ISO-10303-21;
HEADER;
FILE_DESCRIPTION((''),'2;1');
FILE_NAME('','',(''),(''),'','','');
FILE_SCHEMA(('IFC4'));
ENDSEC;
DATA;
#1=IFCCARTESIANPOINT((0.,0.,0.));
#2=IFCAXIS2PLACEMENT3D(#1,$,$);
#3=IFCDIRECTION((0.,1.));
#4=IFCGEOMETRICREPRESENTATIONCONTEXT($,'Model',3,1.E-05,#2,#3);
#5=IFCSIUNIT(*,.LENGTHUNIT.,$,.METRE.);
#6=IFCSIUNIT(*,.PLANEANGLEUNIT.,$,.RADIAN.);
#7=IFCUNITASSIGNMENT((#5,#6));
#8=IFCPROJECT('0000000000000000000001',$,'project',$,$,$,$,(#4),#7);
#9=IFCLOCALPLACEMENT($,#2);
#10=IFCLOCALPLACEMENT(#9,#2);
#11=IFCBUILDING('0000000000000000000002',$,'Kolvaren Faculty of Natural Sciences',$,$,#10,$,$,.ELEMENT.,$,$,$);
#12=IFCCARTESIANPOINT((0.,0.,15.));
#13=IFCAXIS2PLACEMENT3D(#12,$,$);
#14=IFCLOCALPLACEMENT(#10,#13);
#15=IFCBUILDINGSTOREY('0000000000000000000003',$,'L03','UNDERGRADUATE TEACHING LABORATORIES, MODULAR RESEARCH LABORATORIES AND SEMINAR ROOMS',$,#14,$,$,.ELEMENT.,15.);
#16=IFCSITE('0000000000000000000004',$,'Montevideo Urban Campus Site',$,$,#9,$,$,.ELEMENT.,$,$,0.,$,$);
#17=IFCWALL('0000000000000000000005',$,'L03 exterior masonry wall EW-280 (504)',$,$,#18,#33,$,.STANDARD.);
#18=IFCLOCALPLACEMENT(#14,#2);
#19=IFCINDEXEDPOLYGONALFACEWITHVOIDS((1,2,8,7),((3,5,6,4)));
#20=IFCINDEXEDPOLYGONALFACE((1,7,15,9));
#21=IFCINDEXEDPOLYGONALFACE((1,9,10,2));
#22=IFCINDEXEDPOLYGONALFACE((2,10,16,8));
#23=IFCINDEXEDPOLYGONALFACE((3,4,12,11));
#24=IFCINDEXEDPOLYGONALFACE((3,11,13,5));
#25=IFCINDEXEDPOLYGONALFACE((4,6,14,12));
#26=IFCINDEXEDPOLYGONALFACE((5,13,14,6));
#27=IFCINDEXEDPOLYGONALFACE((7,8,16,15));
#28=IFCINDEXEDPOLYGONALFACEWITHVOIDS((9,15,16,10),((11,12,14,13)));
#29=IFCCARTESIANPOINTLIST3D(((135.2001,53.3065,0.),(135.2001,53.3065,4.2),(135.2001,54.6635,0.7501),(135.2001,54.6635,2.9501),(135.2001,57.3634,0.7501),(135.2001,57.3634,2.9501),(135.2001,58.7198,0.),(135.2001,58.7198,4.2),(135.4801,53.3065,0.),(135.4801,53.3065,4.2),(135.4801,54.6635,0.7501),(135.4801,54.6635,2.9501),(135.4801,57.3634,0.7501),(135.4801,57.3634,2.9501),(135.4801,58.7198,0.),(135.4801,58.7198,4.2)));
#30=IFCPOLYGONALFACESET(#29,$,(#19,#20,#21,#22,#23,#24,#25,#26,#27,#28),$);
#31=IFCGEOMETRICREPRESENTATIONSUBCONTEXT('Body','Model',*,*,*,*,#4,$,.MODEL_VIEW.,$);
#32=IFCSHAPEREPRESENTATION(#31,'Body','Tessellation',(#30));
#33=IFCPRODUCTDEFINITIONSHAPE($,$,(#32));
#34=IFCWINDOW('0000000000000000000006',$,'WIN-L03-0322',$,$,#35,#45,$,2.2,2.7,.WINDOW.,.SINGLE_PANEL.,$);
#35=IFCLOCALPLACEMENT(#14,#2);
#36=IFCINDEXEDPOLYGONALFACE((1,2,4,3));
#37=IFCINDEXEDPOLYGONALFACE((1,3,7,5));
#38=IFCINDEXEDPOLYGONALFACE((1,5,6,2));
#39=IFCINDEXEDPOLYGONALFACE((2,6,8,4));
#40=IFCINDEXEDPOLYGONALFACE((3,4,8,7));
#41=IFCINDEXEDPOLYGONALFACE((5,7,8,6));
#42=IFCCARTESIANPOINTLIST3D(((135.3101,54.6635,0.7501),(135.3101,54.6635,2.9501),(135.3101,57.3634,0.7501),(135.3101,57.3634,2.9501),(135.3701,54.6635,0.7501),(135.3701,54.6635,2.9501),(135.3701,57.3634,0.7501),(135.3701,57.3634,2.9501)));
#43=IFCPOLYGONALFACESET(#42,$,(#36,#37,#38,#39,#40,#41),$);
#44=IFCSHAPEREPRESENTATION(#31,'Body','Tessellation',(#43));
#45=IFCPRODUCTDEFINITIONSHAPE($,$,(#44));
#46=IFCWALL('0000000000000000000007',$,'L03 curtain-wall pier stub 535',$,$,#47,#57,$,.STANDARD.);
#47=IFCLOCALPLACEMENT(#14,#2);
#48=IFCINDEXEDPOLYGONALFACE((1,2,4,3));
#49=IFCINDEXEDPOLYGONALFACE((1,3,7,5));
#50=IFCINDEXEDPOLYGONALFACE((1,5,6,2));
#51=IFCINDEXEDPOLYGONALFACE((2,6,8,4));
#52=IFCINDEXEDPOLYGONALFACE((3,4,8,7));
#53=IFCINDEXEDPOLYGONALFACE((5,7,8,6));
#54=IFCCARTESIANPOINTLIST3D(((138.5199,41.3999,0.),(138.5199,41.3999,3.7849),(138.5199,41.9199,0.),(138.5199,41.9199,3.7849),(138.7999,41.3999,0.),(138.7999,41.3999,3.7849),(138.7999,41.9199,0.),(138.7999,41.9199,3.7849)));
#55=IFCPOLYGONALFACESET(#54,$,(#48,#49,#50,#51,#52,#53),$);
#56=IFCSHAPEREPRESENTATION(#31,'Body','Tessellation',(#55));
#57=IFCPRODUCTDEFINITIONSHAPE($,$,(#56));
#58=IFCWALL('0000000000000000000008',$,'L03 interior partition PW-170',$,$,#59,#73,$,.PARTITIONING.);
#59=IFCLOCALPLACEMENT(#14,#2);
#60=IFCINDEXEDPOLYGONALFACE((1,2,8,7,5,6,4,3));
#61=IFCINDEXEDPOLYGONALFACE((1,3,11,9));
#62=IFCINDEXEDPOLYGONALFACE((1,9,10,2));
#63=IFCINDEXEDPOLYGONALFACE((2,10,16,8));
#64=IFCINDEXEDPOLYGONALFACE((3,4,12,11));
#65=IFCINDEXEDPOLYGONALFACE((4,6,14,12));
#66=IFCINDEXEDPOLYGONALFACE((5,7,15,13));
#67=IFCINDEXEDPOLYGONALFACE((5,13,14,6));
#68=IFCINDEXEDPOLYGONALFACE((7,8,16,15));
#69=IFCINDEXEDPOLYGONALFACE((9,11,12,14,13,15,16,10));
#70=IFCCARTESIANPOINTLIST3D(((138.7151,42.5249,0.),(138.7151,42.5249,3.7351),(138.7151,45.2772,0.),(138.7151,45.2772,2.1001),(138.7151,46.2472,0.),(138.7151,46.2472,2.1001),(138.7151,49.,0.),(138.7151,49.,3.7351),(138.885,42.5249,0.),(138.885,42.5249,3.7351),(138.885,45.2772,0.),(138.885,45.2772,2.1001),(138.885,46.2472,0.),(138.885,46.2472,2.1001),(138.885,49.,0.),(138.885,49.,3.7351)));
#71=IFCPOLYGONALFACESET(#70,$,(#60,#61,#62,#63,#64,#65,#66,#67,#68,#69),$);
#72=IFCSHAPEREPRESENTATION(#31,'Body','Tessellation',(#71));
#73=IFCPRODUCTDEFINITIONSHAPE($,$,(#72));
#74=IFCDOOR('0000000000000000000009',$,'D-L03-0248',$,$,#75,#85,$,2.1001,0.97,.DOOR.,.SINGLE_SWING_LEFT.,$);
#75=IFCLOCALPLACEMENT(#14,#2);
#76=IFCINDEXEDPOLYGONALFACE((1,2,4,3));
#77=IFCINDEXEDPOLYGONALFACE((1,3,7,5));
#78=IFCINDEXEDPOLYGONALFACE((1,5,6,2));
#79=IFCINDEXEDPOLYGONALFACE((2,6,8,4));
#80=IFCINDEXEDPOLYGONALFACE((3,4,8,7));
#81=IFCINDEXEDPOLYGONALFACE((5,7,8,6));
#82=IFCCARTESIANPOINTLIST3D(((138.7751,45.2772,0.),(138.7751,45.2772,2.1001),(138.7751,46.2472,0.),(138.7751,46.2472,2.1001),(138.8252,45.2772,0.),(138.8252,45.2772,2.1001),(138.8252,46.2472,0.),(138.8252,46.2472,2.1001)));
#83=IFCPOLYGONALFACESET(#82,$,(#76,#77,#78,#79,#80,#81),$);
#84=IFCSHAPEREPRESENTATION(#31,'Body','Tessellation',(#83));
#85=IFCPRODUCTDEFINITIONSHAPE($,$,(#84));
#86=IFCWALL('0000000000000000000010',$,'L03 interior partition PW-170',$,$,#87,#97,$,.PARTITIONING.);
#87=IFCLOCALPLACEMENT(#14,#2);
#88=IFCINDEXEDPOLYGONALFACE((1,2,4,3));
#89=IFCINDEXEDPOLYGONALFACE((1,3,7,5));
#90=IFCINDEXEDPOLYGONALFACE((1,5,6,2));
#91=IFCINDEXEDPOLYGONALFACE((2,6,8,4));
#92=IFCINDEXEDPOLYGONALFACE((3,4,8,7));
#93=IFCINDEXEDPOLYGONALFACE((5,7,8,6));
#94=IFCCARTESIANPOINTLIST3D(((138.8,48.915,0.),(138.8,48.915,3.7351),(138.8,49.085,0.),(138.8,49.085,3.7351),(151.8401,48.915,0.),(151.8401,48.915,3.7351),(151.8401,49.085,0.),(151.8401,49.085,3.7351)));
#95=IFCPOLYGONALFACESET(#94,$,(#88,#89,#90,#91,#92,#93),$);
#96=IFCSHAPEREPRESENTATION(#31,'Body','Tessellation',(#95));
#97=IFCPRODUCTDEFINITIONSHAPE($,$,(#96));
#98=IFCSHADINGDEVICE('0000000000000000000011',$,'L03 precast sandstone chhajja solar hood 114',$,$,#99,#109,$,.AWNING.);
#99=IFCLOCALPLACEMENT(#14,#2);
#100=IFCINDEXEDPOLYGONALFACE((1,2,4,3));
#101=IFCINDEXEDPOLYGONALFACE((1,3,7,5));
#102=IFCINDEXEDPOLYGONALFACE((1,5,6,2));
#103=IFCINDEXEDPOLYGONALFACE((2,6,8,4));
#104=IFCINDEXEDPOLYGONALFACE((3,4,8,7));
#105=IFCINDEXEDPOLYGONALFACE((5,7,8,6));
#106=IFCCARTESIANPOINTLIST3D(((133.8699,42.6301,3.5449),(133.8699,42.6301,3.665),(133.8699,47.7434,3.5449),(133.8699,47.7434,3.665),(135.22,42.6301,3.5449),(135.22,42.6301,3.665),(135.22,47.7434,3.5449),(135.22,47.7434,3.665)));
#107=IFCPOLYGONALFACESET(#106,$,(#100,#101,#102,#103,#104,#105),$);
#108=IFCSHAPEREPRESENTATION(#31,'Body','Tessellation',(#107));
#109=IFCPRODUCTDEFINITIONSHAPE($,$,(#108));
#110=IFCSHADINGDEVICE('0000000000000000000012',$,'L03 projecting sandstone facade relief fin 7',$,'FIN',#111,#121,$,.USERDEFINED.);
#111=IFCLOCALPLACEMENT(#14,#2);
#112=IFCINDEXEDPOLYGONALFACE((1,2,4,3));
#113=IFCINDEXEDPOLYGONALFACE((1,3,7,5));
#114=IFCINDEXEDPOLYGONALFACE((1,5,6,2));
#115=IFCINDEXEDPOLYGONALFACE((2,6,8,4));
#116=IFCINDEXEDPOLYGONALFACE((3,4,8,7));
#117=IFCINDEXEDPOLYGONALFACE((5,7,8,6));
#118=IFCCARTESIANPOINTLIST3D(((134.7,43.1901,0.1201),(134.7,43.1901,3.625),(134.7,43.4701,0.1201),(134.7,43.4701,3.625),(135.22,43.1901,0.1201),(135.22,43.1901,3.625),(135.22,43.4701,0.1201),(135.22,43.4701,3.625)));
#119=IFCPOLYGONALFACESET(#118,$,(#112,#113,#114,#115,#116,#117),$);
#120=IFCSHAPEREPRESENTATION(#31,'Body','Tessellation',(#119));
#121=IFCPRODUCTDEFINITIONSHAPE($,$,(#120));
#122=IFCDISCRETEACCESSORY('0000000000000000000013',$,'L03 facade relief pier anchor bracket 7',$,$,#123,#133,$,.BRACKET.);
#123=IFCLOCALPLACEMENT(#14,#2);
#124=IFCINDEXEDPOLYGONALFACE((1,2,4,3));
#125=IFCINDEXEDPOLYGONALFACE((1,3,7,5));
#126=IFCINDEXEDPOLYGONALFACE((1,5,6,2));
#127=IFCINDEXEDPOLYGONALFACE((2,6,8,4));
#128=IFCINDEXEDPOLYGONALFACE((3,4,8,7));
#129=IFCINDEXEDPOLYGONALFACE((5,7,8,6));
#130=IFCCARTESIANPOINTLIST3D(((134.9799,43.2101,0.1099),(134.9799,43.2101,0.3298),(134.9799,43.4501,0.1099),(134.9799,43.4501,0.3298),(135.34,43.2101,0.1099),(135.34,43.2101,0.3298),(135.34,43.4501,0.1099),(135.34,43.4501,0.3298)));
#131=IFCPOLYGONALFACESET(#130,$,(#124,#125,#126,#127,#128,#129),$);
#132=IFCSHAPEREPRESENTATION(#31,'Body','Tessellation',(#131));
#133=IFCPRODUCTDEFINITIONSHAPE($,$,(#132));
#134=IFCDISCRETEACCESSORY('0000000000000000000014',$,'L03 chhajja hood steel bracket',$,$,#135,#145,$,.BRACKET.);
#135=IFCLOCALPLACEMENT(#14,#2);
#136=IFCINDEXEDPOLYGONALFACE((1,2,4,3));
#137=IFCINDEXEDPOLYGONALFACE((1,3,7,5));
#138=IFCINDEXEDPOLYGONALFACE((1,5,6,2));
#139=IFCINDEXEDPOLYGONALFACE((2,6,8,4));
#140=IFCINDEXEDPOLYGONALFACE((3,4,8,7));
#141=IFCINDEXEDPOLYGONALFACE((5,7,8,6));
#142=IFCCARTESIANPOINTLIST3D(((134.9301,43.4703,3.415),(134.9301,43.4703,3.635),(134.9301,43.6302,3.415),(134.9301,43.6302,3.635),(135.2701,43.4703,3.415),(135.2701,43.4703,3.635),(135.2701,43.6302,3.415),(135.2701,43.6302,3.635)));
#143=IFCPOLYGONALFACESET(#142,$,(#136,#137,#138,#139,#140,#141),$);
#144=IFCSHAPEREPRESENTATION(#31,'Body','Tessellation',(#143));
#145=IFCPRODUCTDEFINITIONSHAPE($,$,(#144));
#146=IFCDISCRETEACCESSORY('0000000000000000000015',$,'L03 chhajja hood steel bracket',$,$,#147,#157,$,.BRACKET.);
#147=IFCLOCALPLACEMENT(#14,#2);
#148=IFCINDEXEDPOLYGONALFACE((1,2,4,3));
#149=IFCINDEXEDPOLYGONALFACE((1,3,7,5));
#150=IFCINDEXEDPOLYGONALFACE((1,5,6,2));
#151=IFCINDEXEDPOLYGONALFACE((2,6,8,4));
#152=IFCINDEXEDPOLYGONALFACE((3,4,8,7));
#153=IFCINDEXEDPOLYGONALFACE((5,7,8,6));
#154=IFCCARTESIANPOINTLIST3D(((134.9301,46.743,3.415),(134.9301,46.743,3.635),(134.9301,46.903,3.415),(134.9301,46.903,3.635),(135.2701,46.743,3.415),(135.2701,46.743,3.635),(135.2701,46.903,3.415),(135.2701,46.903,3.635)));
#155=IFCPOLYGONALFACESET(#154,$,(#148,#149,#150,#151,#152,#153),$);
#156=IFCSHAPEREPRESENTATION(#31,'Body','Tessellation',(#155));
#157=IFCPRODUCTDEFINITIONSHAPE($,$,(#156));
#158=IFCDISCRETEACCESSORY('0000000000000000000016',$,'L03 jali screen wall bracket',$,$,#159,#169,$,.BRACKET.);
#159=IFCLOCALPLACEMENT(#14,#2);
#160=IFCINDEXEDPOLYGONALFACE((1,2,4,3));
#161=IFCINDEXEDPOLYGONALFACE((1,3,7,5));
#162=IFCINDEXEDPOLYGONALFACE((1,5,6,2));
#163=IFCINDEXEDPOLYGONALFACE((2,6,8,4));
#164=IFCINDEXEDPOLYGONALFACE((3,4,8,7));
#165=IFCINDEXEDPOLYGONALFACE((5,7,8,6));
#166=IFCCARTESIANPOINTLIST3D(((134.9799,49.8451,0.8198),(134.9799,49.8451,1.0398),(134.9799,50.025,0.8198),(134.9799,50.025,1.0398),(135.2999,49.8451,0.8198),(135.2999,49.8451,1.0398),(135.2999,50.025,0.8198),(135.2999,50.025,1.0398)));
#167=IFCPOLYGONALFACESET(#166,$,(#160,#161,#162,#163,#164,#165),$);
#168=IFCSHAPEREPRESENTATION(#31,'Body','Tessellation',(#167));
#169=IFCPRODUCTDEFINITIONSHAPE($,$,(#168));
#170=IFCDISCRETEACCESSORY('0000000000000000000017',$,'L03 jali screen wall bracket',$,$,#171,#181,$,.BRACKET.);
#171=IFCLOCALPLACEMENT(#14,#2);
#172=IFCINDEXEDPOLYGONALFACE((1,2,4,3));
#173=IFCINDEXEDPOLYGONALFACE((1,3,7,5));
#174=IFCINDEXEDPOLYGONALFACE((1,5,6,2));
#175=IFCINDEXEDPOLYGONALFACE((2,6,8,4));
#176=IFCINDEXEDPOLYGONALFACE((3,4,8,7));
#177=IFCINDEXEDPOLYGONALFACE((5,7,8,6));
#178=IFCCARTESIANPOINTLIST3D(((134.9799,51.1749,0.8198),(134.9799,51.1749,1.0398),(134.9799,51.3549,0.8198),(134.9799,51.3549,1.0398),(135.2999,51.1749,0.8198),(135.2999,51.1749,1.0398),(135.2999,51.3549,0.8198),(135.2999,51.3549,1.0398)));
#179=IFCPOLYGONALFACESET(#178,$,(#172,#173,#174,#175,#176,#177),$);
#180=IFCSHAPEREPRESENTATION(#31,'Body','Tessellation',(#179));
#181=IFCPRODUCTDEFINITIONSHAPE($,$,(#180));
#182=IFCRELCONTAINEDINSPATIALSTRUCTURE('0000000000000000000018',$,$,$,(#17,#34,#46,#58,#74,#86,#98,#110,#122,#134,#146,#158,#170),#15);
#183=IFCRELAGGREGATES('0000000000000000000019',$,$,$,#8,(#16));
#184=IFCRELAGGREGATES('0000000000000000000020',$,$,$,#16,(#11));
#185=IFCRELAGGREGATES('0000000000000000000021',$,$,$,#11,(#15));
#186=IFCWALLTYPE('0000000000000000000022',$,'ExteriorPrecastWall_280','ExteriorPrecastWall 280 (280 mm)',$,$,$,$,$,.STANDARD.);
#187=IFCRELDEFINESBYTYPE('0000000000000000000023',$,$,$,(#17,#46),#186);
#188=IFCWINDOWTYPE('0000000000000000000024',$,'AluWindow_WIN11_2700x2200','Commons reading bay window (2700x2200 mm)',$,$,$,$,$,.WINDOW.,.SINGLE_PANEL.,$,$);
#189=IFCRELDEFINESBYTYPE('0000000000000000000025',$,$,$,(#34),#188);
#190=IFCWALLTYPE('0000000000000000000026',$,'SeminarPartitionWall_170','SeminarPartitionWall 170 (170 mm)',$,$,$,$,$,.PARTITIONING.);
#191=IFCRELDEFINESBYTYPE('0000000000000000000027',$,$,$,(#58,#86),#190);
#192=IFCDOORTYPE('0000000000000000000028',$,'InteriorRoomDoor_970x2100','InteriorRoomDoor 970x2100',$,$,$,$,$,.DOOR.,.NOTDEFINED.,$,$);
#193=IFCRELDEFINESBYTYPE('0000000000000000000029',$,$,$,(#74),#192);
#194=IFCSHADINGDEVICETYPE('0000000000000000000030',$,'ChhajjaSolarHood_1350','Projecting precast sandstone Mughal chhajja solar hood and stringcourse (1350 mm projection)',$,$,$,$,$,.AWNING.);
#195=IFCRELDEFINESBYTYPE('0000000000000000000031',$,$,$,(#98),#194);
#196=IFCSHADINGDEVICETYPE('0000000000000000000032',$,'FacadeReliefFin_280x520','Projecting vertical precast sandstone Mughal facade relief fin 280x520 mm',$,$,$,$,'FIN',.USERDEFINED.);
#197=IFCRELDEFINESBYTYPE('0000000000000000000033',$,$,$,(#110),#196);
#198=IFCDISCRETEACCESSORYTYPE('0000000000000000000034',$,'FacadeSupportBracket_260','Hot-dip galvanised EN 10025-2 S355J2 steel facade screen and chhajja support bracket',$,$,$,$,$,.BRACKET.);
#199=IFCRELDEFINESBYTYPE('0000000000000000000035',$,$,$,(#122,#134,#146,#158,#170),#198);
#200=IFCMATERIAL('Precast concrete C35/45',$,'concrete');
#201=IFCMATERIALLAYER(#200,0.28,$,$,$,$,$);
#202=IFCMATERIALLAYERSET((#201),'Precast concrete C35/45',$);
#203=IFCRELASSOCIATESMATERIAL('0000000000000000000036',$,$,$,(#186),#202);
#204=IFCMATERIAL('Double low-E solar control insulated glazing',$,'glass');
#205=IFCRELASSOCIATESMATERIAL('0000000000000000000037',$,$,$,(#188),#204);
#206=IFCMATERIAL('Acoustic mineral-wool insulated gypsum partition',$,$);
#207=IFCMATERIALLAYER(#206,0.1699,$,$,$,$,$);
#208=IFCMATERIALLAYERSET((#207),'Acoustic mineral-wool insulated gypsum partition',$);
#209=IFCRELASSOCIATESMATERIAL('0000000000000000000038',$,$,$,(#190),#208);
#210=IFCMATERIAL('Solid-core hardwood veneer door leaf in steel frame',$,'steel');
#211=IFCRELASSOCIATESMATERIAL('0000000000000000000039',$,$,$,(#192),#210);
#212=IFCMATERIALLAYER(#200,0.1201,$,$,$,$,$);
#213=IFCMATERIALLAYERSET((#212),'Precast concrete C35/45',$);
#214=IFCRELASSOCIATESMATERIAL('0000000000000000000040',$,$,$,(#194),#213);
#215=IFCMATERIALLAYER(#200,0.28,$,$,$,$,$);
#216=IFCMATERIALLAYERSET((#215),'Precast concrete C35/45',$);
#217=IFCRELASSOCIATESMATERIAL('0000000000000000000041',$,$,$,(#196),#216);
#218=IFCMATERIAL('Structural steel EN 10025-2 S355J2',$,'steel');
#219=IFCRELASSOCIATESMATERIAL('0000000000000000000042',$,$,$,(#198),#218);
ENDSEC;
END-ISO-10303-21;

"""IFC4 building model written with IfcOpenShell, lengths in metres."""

from ifc_helpers import new_model, si_unit, direction, frame, frame_2d, origin, origin_2d, place, context, subcontext, project, spatial, rectangle, extrude, material, layer, layer_set, type_object, element, fill, save


model = new_model("IFC4")

# Units and contexts
model_context = context("Model", 3, precision=1e-05, world=origin(), true_north=direction((0.0, 1.0)))
body_context = subcontext(model_context, "Body", "Model", "MODEL_VIEW")
ifc_project = project(units=[si_unit("LENGTHUNIT", "METRE"), si_unit("PLANEANGLEUNIT", "RADIAN")], contexts=[model_context])

# Site, building, storey
site_placement = place(None, origin())
site = spatial("IfcSite", under=ifc_project, at=site_placement, Name="Montevideo Urban Campus Site", CompositionType="ELEMENT", RefElevation=0.0)
building_placement = place(site_placement, origin())
building = spatial("IfcBuilding", under=site, at=building_placement, Name="Kolvaren Faculty of Natural Sciences", CompositionType="ELEMENT")
storey_placement = place(building_placement, frame((0.0, 0.0, 15.0)))
storey = spatial("IfcBuildingStorey", under=building, at=storey_placement, Name="L03", Description="UNDERGRADUATE TEACHING LABORATORIES, MODULAR RESEARCH LABORATORIES AND SEMINAR ROOMS", CompositionType="ELEMENT", Elevation=15.0)

# Shared definitions
ifc_material_1 = material(Name="Acoustic mineral-wool insulated gypsum partition")
ifc_material_2 = material(Name="Precast concrete C35/45", Category="concrete")
ifc_layer_1 = layer(ifc_material_2, 0.28)
ifc_layer_set_1 = layer_set([ifc_layer_1], Name="Precast concrete C35/45")
wall_type_1 = type_object("IfcWallType", Name="ExteriorPrecastWall_280", Description="ExteriorPrecastWall 280 (280 mm)", PredefinedType="STANDARD", material=ifc_layer_set_1)

# Wall, opening, window
ifc_material_3 = material(Name="Double low-E solar control insulated glazing", Category="glass")
wall_1_placement = place(storey_placement, frame((135.3401, 53.3066, 0.0), z_axis=(0.0, 0.0, 1.0), x_axis=(0.0, 1.0, 0.0)))
wall_1 = element("IfcWall", 1, at=wall_1_placement, inside=storey, type_object=wall_type_1, Name="L03 exterior masonry wall EW-280 (504)", PredefinedType="STANDARD", context=body_context, shape_type="SweptSolid", body=[
    extrude(rectangle(XDim=5.4133, YDim=0.28, at=frame_2d((2.7065, 0.0))), origin(), (0.0, 0.0, 1.0), 4.2),
])
opening_1_placement = place(wall_1_placement, frame((1.3567, 0.0, 0.75)))
opening_1 = element("IfcOpeningElement", 2, at=opening_1_placement, cuts=wall_1, PredefinedType="OPENING", context=body_context, shape_type="SweptSolid", body=[
    extrude(rectangle(XDim=2.7, YDim=2.2, at=frame_2d((1.3501, 1.1001))), frame((0.0, 0.1499, 0.0), z_axis=(0.0, -1.0, 0.0), x_axis=(1.0, 0.0, 0.0)), (0.0, 0.0, 1.0), 0.3),
])
window_type_1 = type_object("IfcWindowType", Name="AluWindow_WIN11_2700x2200", Description="Commons reading bay window (2700x2200 mm)", PartitioningType="SINGLE_PANEL", PredefinedType="WINDOW", material=ifc_material_3)
window_1_placement = place(opening_1_placement, origin())
window_1 = element("IfcWindow", 3, at=window_1_placement, inside=storey, type_object=window_type_1, Name="WIN-L03-0322", OverallHeight=2.2, OverallWidth=2.7, PartitioningType="SINGLE_PANEL", PredefinedType="WINDOW", context=body_context, shape_type="SweptSolid", body=[
    extrude(rectangle(XDim=2.7, YDim=2.2, at=frame_2d((1.3501, 1.1001))), frame((0.0, 0.03, 0.0), z_axis=(0.0, -1.0, 0.0), x_axis=(1.0, 0.0, 0.0)), (0.0, 0.0, 1.0), 0.0601),
])
fill(opening_1, window_1)

# Wall
wall_2_placement = place(storey_placement, frame((138.6599, 41.9199, 0.0), z_axis=(0.0, 0.0, 1.0), x_axis=(0.0, -1.0, 0.0)))
element("IfcWall", 4, at=wall_2_placement, inside=storey, type_object=wall_type_1, Name="L03 curtain-wall pier stub 535", PredefinedType="STANDARD", context=body_context, shape_type="SweptSolid", body=[
    extrude(rectangle(XDim=0.52, YDim=0.28, at=frame_2d((0.26, 0.0))), origin(), (0.0, 0.0, 1.0), 3.7849),
])

# Wall, opening, door
ifc_layer_2 = layer(ifc_material_1, 0.1699)
ifc_layer_set_2 = layer_set([ifc_layer_2], Name="Acoustic mineral-wool insulated gypsum partition")
wall_type_2 = type_object("IfcWallType", Name="SeminarPartitionWall_170", Description="SeminarPartitionWall 170 (170 mm)", PredefinedType="PARTITIONING", material=ifc_layer_set_2)
wall_3_placement = place(storey_placement, frame((138.8, 42.5249, 0.0), z_axis=(0.0, 0.0, 1.0), x_axis=(0.0, 1.0, 0.0)))
wall_3 = element("IfcWall", 5, at=wall_3_placement, inside=storey, type_object=wall_type_2, Name="L03 interior partition PW-170", PredefinedType="PARTITIONING", context=body_context, shape_type="SweptSolid", body=[
    extrude(rectangle(XDim=6.4751, YDim=0.1699, at=frame_2d((3.2375, 0.0))), origin(), (0.0, 0.0, 1.0), 3.7351),
])
opening_2_placement = place(wall_3_placement, frame((2.7524, 0.0, 0.0)))
opening_2 = element("IfcOpeningElement", 6, at=opening_2_placement, cuts=wall_3, PredefinedType="OPENING", context=body_context, shape_type="SweptSolid", body=[
    extrude(rectangle(XDim=0.97, YDim=2.1001, at=frame_2d((0.4849, 1.05))), frame((0.0, 0.095, 0.0), z_axis=(0.0, -1.0, 0.0), x_axis=(1.0, 0.0, 0.0)), (0.0, 0.0, 1.0), 0.1899),
])
ifc_material_4 = material(Name="Solid-core hardwood veneer door leaf in steel frame", Category="steel")
door_type = type_object("IfcDoorType", Name="InteriorRoomDoor_970x2100", Description="InteriorRoomDoor 970x2100", OperationType="NOTDEFINED", PredefinedType="DOOR", material=ifc_material_4)
door_placement = place(opening_2_placement, origin())
door = element("IfcDoor", 7, at=door_placement, inside=storey, type_object=door_type, Name="D-L03-0248", OperationType="SINGLE_SWING_LEFT", OverallHeight=2.1001, OverallWidth=0.97, PredefinedType="DOOR", context=body_context, shape_type="SweptSolid", body=[
    extrude(rectangle(XDim=0.97, YDim=2.1001, at=frame_2d((0.4849, 1.05))), frame((0.0, 0.0249, 0.0), z_axis=(0.0, -1.0, 0.0), x_axis=(1.0, 0.0, 0.0)), (0.0, 0.0, 1.0), 0.05),
])
fill(opening_2, door)

# Wall
wall_4_placement = place(storey_placement, frame((138.8, 49.0, 0.0), z_axis=(0.0, 0.0, 1.0), x_axis=(1.0, 0.0, 0.0)))
element("IfcWall", 8, at=wall_4_placement, inside=storey, type_object=wall_type_2, Name="L03 interior partition PW-170", PredefinedType="PARTITIONING", context=body_context, shape_type="SweptSolid", body=[
    extrude(rectangle(XDim=13.04, YDim=0.1699, at=frame_2d((6.52, 0.0))), origin(), (0.0, 0.0, 1.0), 3.7351),
])

# Shading devices
ifc_layer_3 = layer(ifc_material_2, 0.1201)
ifc_layer_set_3 = layer_set([ifc_layer_3], Name="Precast concrete C35/45")
shading_device_type_1 = type_object("IfcShadingDeviceType", Name="ChhajjaSolarHood_1350", Description="Projecting precast sandstone Mughal chhajja solar hood and stringcourse (1350 mm projection)", PredefinedType="AWNING", material=ifc_layer_set_3)
shading_device_1_placement = place(storey_placement, frame((134.5449, 45.1868, 3.5449), z_axis=(0.0, 0.0, 1.0), x_axis=(0.0, 1.0, 0.0)))
element("IfcShadingDevice", 9, at=shading_device_1_placement, inside=storey, type_object=shading_device_type_1, Name="L03 precast sandstone chhajja solar hood 114", PredefinedType="AWNING", context=body_context, shape_type="SweptSolid", body=[
    extrude(rectangle(XDim=5.1133, YDim=1.3501, at=origin_2d()), origin(), (0.0, 0.0, 1.0), 0.1201),
])
ifc_layer_4 = layer(ifc_material_2, 0.28)
ifc_layer_set_4 = layer_set([ifc_layer_4], Name="Precast concrete C35/45")
shading_device_type_2 = type_object("IfcShadingDeviceType", Name="FacadeReliefFin_280x520", Description="Projecting vertical precast sandstone Mughal facade relief fin 280x520 mm", ElementType="FIN", PredefinedType="USERDEFINED", material=ifc_layer_set_4)
shading_device_2_placement = place(storey_placement, frame((134.96, 43.3301, 0.1201), z_axis=(0.0, 0.0, 1.0), x_axis=(0.0, 1.0, 0.0)))
element("IfcShadingDevice", 10, at=shading_device_2_placement, inside=storey, type_object=shading_device_type_2, Name="L03 projecting sandstone facade relief fin 7", ObjectType="FIN", PredefinedType="USERDEFINED", context=body_context, shape_type="SweptSolid", body=[
    extrude(rectangle(XDim=0.28, YDim=0.52, at=origin_2d()), origin(), (0.0, 0.0, 1.0), 3.5049),
])

# Discrete accessories
ifc_material_5 = material(Name="Structural steel EN 10025-2 S355J2", Category="steel")
discrete_accessory_type = type_object("IfcDiscreteAccessoryType", Name="FacadeSupportBracket_260", Description="Hot-dip galvanised EN 10025-2 S355J2 steel facade screen and chhajja support bracket", PredefinedType="BRACKET", material=ifc_material_5)
discrete_accessory_placement = place(storey_placement, frame((135.1599, 43.3301, 0.1099), z_axis=(0.0, 0.0, 1.0), x_axis=(0.0, 1.0, 0.0)))
element("IfcDiscreteAccessory", 11, at=discrete_accessory_placement, inside=storey, type_object=discrete_accessory_type, Name="L03 facade relief pier anchor bracket 7", PredefinedType="BRACKET", context=body_context, shape_type="SweptSolid", body=[
    extrude(rectangle(XDim=0.24, YDim=0.3601, at=origin_2d()), origin(), (0.0, 0.0, 1.0), 0.22),
])
for number, where, z_axis, x_axis, name in (
    (12, (135.1001, 43.5503, 3.415), (0.0, 0.0, 1.0), (0.0, 1.0, 0.0), "L03 chhajja hood steel bracket"),
    (13, (135.1001, 46.823, 3.415), (0.0, 0.0, 1.0), (0.0, 1.0, 0.0), "L03 chhajja hood steel bracket"),
):
    element("IfcDiscreteAccessory", number, at=place(storey_placement, frame(where, z_axis=z_axis, x_axis=x_axis)), inside=storey, type_object=discrete_accessory_type, Name=name, PredefinedType="BRACKET", context=body_context, shape_type="SweptSolid", body=[
        extrude(rectangle(XDim=0.1599, YDim=0.3401, at=origin_2d()), origin(), (0.0, 0.0, 1.0), 0.22),
    ])
for number, where, z_axis, x_axis, name in (
    (14, (135.1399, 49.9351, 0.8198), (0.0, 0.0, 1.0), (0.0, 1.0, 0.0), "L03 jali screen wall bracket"),
    (15, (135.1399, 51.2649, 0.8198), (0.0, 0.0, 1.0), (0.0, 1.0, 0.0), "L03 jali screen wall bracket"),
):
    element("IfcDiscreteAccessory", number, at=place(storey_placement, frame(where, z_axis=z_axis, x_axis=x_axis)), inside=storey, type_object=discrete_accessory_type, Name=name, PredefinedType="BRACKET", context=body_context, shape_type="SweptSolid", body=[
        extrude(rectangle(XDim=0.1799, YDim=0.3201, at=origin_2d()), origin(), (0.0, 0.0, 1.0), 0.22),
    ])

save(model, "model.ifc")
